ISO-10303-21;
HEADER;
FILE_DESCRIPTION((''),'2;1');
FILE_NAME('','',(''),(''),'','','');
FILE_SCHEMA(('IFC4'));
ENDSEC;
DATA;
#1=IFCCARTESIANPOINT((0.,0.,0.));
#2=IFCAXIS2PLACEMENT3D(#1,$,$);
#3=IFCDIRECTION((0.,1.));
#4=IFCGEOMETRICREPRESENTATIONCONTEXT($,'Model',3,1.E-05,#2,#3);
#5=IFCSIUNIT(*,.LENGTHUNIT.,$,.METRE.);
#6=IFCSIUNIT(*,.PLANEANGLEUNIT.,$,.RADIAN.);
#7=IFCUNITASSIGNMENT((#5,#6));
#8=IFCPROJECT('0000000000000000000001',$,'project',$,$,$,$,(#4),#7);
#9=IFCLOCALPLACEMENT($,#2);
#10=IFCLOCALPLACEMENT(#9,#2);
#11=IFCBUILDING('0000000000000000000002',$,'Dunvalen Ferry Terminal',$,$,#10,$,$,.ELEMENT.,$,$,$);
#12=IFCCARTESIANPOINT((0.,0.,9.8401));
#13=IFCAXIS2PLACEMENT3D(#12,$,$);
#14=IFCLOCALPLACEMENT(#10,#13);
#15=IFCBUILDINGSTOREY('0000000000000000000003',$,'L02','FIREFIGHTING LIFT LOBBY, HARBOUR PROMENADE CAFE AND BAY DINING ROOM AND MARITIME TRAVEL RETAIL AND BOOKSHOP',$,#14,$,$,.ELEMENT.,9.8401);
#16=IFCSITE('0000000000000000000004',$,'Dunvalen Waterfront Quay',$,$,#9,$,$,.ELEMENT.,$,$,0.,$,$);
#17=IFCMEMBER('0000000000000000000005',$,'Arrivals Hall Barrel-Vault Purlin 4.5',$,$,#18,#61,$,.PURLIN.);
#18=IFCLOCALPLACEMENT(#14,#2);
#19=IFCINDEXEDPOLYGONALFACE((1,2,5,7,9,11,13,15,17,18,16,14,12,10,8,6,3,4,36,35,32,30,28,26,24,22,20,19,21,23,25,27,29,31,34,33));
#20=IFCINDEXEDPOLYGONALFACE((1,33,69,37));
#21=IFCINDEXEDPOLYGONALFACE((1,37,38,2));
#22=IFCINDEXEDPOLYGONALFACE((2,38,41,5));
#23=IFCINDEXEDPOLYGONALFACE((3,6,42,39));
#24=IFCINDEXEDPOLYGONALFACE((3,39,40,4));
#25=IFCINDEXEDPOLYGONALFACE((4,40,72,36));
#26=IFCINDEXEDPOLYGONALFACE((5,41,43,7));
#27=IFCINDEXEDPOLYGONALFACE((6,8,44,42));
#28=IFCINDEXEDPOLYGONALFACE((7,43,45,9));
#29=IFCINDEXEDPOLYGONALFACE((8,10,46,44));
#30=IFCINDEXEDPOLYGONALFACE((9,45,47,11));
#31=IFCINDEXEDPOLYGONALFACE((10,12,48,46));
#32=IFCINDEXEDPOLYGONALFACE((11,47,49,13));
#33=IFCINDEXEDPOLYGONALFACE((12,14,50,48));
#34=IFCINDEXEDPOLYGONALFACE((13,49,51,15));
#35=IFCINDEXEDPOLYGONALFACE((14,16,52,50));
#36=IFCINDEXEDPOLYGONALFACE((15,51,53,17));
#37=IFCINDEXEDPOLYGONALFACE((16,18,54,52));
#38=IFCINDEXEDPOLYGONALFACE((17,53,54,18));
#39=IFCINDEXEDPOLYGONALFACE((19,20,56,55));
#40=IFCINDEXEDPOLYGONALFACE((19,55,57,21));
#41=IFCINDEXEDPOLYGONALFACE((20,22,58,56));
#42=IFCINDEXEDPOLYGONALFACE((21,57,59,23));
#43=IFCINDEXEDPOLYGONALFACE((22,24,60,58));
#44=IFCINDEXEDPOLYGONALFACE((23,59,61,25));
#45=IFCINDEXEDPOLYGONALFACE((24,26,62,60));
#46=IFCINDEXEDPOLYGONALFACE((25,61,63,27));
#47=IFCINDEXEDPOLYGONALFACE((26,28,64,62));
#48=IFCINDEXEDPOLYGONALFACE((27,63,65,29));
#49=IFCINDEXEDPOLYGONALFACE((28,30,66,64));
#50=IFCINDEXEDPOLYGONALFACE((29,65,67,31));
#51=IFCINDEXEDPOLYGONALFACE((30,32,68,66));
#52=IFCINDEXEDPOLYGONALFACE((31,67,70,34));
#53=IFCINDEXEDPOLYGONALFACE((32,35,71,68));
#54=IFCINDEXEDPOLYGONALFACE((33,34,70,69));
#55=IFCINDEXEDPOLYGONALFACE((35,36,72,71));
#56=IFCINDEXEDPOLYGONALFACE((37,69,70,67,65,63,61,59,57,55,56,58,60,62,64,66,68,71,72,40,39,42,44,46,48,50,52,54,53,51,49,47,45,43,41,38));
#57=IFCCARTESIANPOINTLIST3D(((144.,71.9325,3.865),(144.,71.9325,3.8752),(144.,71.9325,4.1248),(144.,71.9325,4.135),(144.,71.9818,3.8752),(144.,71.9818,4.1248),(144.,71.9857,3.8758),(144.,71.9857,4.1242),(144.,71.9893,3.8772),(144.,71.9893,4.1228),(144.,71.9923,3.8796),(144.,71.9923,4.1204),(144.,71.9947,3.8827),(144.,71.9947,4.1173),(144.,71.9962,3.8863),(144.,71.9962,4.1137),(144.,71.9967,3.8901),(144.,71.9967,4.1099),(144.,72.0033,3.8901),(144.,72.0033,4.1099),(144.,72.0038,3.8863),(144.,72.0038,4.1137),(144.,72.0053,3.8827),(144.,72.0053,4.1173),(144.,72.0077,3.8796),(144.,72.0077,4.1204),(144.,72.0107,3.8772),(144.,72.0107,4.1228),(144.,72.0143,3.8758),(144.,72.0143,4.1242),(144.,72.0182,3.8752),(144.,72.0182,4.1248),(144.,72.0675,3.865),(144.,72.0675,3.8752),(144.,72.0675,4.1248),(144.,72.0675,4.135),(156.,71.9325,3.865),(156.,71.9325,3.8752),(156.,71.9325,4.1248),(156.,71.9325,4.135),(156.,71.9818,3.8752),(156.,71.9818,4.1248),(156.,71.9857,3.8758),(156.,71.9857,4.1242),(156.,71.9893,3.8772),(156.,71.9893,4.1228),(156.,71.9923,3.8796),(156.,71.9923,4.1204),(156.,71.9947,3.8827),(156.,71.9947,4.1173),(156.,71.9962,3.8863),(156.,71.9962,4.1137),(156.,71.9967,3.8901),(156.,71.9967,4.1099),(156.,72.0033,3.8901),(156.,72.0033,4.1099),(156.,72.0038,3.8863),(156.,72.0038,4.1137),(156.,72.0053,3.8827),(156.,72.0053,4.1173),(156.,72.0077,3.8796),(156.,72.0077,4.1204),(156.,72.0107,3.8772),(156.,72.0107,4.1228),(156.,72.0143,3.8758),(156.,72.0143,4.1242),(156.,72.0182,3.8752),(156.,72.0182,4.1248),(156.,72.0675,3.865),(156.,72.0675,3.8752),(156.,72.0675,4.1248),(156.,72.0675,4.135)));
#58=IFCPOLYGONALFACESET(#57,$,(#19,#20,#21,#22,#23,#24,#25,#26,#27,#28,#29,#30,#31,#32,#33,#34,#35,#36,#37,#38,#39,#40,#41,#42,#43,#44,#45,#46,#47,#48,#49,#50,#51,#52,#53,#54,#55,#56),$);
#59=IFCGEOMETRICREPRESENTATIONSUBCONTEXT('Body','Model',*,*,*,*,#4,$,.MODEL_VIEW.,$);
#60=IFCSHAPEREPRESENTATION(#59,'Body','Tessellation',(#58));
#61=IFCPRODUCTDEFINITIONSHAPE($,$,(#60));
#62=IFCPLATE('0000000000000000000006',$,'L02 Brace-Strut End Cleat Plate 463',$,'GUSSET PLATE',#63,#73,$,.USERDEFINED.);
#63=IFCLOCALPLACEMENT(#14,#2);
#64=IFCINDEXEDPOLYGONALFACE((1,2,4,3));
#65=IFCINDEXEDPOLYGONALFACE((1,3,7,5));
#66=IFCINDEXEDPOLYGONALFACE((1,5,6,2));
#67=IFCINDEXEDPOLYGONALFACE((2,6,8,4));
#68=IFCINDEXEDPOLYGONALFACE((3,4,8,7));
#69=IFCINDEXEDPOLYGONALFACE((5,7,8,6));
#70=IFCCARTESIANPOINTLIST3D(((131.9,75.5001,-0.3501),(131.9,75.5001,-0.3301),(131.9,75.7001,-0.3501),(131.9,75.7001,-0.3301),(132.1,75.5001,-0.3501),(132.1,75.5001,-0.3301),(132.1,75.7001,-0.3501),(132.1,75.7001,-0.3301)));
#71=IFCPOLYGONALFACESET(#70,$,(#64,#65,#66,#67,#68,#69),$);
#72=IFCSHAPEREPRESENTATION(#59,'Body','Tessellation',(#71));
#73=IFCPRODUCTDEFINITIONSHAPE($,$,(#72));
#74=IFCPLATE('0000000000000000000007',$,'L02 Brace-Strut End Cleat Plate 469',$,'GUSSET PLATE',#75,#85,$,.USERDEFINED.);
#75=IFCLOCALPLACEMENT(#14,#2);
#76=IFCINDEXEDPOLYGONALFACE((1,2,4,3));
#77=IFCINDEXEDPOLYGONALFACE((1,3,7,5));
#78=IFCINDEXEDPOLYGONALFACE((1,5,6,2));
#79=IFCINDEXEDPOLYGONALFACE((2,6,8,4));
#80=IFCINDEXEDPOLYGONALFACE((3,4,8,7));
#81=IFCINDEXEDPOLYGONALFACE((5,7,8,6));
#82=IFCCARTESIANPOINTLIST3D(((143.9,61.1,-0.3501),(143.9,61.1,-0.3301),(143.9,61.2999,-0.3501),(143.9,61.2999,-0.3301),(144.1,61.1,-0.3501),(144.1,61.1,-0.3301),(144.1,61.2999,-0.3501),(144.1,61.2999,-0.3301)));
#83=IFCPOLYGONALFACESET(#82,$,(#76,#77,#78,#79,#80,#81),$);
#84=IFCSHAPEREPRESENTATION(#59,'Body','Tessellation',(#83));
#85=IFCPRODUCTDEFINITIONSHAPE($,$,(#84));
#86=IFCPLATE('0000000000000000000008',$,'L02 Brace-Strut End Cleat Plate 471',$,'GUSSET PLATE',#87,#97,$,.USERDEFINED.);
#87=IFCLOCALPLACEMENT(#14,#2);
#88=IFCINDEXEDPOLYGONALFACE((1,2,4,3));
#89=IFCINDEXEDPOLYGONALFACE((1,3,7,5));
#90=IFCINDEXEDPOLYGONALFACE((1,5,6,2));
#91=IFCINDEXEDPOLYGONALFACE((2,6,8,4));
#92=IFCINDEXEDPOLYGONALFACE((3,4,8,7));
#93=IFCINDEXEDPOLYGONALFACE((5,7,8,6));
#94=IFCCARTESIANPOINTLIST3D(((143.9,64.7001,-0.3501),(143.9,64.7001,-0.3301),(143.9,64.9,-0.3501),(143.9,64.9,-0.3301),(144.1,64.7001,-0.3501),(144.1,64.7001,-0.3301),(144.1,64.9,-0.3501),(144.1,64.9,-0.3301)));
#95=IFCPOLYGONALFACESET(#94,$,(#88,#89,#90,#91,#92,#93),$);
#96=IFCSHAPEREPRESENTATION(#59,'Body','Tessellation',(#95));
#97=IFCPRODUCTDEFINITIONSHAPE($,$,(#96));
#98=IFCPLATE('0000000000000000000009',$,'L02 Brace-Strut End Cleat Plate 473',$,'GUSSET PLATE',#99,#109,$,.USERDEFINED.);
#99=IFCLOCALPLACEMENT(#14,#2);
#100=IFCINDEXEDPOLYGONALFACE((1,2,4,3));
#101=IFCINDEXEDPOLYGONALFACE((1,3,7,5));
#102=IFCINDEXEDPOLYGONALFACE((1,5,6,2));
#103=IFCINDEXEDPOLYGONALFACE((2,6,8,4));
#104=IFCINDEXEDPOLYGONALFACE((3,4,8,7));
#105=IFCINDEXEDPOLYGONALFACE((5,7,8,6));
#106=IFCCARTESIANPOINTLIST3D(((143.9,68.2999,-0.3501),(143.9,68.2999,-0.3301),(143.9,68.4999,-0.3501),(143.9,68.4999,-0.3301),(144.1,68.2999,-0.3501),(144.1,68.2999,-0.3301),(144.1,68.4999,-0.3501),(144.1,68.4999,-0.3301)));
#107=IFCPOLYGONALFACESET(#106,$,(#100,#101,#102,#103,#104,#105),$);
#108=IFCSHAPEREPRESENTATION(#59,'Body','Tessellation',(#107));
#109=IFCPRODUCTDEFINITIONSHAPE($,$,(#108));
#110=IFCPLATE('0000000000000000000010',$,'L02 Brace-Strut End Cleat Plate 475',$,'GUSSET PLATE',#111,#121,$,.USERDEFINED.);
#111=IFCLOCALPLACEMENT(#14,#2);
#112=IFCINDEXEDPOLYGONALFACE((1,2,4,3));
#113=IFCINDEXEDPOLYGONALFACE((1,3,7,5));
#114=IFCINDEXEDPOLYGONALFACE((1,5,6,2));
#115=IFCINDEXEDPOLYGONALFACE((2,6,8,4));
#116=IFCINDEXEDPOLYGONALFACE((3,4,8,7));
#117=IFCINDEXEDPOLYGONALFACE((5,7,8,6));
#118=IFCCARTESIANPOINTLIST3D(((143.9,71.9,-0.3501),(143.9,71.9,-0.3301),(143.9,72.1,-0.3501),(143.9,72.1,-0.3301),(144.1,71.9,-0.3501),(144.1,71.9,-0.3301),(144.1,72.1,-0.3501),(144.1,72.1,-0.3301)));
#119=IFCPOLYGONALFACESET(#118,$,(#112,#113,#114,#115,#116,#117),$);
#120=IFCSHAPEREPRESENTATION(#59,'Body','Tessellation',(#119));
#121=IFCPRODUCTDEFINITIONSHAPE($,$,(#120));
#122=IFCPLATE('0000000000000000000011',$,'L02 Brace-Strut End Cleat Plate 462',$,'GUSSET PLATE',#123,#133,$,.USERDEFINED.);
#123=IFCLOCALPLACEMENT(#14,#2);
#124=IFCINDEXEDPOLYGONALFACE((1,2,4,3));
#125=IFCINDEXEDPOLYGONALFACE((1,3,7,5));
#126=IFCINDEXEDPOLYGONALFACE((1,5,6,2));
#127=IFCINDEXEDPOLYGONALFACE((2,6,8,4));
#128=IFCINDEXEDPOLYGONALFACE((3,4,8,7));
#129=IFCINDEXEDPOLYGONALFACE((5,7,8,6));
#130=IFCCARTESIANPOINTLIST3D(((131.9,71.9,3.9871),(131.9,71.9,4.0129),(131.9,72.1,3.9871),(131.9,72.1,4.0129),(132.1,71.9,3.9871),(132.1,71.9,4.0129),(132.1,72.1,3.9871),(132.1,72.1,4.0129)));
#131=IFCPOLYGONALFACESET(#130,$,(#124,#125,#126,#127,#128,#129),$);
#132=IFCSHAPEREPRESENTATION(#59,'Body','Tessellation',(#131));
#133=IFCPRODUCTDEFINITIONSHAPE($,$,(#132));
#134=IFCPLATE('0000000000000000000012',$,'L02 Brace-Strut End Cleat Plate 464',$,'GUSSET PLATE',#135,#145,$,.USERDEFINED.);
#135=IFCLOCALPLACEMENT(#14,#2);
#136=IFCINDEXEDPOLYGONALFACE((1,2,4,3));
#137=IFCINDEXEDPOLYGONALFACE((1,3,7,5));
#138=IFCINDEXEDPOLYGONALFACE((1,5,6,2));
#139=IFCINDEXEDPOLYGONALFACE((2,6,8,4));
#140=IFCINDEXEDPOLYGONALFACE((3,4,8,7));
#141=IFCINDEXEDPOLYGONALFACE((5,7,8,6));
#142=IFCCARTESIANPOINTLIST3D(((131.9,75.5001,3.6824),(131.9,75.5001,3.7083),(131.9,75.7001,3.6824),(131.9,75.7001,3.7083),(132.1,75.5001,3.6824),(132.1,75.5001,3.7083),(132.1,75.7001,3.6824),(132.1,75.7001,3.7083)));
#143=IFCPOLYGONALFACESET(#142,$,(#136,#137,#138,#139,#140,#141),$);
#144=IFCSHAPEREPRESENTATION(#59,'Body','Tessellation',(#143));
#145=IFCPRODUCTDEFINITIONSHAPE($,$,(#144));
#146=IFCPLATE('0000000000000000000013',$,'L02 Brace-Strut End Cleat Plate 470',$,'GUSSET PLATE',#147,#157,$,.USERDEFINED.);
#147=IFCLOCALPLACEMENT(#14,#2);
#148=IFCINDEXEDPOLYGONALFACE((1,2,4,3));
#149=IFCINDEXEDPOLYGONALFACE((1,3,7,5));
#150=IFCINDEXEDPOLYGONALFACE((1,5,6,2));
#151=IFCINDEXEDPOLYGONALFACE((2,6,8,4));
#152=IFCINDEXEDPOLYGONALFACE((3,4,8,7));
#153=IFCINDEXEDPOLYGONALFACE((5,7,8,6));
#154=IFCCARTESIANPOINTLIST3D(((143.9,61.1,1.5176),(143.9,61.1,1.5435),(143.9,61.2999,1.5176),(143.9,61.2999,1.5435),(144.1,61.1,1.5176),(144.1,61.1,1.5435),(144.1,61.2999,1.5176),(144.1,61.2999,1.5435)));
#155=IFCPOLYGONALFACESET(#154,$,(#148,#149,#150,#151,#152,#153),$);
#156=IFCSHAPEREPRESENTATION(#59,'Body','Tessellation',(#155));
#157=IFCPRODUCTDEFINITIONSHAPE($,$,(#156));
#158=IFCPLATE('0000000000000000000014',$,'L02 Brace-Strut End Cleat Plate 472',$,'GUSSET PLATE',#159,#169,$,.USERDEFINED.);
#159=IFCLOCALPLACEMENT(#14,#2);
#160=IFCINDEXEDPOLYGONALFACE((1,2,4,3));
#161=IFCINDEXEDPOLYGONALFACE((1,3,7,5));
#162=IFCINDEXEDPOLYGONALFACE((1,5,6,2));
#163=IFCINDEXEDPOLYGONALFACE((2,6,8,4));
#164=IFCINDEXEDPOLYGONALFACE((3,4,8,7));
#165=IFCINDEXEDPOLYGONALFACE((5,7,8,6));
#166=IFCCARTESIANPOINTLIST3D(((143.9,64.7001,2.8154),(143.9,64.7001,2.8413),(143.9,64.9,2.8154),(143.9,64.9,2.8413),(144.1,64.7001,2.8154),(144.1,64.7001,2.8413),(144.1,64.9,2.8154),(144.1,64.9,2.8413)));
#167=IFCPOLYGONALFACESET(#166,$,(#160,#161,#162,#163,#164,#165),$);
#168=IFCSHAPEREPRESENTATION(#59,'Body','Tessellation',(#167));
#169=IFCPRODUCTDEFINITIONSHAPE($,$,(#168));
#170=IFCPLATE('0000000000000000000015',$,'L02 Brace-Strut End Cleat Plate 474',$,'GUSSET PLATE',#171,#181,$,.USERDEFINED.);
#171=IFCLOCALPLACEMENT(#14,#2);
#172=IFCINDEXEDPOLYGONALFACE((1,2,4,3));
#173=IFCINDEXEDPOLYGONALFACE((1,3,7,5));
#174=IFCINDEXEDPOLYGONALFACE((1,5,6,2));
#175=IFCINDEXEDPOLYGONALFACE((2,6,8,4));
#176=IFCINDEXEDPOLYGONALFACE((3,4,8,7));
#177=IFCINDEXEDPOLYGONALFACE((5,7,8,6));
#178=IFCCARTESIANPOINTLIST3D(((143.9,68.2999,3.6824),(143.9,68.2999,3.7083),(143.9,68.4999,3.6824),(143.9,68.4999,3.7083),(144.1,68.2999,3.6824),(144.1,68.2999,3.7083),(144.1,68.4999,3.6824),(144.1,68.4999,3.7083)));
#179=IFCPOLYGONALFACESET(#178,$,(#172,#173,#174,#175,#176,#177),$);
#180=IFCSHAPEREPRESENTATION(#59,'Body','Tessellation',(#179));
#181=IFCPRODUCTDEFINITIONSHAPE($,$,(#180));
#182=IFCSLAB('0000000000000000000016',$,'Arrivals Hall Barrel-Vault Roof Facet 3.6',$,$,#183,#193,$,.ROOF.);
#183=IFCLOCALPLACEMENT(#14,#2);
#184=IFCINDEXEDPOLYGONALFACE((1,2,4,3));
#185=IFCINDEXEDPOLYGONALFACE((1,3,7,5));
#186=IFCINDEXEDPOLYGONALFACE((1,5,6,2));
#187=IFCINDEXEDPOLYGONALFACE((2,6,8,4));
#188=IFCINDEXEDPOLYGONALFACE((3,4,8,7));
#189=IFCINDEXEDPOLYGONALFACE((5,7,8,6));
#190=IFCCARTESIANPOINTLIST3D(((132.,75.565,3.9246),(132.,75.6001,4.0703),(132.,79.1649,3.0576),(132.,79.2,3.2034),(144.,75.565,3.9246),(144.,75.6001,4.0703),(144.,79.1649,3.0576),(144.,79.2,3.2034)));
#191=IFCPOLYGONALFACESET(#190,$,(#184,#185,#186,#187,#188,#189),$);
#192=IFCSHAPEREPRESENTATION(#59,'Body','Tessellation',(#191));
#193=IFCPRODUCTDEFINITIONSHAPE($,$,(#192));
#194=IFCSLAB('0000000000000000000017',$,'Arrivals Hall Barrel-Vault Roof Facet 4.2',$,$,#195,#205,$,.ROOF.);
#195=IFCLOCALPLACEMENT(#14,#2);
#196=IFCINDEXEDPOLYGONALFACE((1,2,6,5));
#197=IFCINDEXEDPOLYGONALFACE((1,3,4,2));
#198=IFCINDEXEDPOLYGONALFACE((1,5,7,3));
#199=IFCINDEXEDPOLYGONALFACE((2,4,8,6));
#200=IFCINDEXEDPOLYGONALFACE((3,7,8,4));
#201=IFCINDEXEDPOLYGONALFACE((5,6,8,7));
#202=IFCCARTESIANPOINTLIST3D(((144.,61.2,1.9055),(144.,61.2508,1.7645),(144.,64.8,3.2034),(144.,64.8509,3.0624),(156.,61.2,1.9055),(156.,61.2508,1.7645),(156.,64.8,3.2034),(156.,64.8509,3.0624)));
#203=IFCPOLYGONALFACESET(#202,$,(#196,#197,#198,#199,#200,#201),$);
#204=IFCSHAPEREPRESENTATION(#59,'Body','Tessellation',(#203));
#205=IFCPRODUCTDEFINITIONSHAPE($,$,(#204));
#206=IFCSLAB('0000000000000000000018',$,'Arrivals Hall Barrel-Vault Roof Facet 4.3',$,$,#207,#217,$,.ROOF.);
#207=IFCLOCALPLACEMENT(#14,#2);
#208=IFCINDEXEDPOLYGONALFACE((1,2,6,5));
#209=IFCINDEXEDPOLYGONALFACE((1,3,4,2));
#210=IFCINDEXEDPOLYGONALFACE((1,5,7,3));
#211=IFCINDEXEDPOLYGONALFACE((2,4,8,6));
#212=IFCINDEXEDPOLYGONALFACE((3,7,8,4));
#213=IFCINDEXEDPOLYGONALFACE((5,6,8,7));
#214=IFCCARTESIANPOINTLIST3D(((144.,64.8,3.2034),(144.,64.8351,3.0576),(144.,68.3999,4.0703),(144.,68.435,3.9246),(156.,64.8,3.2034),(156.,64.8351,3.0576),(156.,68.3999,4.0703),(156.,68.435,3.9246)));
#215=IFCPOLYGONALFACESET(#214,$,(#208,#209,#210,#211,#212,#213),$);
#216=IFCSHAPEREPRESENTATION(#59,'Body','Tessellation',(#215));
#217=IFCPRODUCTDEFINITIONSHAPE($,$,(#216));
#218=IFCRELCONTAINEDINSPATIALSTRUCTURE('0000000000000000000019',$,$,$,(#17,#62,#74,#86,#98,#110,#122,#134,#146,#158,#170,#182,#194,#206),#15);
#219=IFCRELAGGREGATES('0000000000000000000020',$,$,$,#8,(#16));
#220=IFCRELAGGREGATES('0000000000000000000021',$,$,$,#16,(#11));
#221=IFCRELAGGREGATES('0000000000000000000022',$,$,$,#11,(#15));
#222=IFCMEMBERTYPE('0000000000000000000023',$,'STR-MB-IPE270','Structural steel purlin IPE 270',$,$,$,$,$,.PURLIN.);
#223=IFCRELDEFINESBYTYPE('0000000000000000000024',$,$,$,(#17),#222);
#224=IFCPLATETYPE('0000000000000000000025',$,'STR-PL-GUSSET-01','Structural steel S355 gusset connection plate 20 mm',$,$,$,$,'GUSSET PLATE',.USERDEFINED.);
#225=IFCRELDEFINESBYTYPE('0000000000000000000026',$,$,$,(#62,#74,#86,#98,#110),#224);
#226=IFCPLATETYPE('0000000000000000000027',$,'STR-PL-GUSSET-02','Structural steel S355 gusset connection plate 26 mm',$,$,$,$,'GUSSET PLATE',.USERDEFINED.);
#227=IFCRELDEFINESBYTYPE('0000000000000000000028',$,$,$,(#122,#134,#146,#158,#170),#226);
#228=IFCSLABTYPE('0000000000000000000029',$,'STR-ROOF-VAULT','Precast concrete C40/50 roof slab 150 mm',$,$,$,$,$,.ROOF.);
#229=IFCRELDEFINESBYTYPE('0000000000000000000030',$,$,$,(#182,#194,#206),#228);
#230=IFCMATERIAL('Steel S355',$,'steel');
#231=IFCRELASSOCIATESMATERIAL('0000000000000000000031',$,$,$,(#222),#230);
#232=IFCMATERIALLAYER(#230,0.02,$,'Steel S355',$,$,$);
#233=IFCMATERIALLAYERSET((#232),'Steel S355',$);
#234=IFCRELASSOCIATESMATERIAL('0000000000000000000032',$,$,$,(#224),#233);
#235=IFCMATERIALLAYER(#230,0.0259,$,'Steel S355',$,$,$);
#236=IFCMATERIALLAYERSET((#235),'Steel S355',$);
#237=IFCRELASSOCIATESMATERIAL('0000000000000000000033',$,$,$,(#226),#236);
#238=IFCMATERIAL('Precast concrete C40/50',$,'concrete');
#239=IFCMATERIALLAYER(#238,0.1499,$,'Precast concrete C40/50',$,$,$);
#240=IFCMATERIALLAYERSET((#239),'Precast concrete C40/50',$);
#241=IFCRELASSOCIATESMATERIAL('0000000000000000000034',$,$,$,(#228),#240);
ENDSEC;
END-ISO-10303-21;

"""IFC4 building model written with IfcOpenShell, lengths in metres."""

from ifc_helpers import new_model, si_unit, direction, frame, origin, origin_2d, place, context, subcontext, project, spatial, polyline, rectangle, i_section, outline, extrude, material, layer, layer_set, material_profile, profile_set, type_object, element, save


model = new_model("IFC4")

# Units and contexts
model_context = context("Model", 3, precision=1e-05, world=origin(), true_north=direction((0.0, 1.0)))
body_context = subcontext(model_context, "Body", "Model", "MODEL_VIEW")
ifc_project = project(units=[si_unit("LENGTHUNIT", "METRE"), si_unit("PLANEANGLEUNIT", "RADIAN")], contexts=[model_context])

# Site, building, storey
site_placement = place(None, origin())
site = spatial("IfcSite", under=ifc_project, at=site_placement, Name="Dunvalen Waterfront Quay", CompositionType="ELEMENT", RefElevation=0.0)
building_placement = place(site_placement, origin())
building = spatial("IfcBuilding", under=site, at=building_placement, Name="Dunvalen Ferry Terminal", CompositionType="ELEMENT")
storey_placement = place(building_placement, frame((0.0, 0.0, 9.8401)))
storey = spatial("IfcBuildingStorey", under=building, at=storey_placement, Name="L02", Description="FIREFIGHTING LIFT LOBBY, HARBOUR PROMENADE CAFE AND BAY DINING ROOM AND MARITIME TRAVEL RETAIL AND BOOKSHOP", CompositionType="ELEMENT", Elevation=9.8401)

# Shared definitions
ifc_material_1 = material(Name="Steel S355", Category="steel")

# Member
ifc_material_profile_1 = material_profile(ifc_material_1, i_section(OverallWidth=0.135, OverallDepth=0.27, WebThickness=0.0066, FlangeThickness=0.0103, FilletRadius=0.0149, at=origin_2d()), Name="Steel S355")
ifc_profile_set_1 = profile_set([ifc_material_profile_1], Name="Steel S355")
member_type_1 = type_object("IfcMemberType", Name="STR-MB-IPE270", Description="Structural steel purlin IPE 270", PredefinedType="PURLIN", material=ifc_profile_set_1)
member_1_placement = place(storey_placement, frame((144.0, 72.0, 4.0), z_axis=(1.0, 0.0, 0.0), x_axis=(0.0, 1.0, 0.0)))
element("IfcMember", 1, at=member_1_placement, inside=storey, type_object=member_type_1, Name="Arrivals Hall Barrel-Vault Purlin 4.5", PredefinedType="PURLIN", context=body_context, shape_type="SweptSolid", body=[
    extrude(i_section(OverallWidth=0.135, OverallDepth=0.27, WebThickness=0.0066, FlangeThickness=0.0103, FilletRadius=0.0149, at=origin_2d()), origin(), (0.0, 0.0, 1.0), 12.0),
])

# Plates
ifc_layer_1 = layer(ifc_material_1, 0.02, Name="Steel S355")
ifc_layer_set_1 = layer_set([ifc_layer_1], Name="Steel S355")
plate_type_1 = type_object("IfcPlateType", Name="STR-PL-GUSSET-01", Description="Structural steel S355 gusset connection plate 20 mm", ElementType="GUSSET PLATE", PredefinedType="USERDEFINED", material=ifc_layer_set_1)
for number, where, z_axis, x_axis, name in (
    (2, (132.0, 75.6001, -0.3501), (0.0, 0.0, 1.0), (1.0, 0.0, 0.0), "L02 Brace-Strut End Cleat Plate 463"),
    (3, (144.0, 61.2, -0.3501), (0.0, 0.0, 1.0), (1.0, 0.0, 0.0), "L02 Brace-Strut End Cleat Plate 469"),
    (4, (144.0, 64.8, -0.3501), (0.0, 0.0, 1.0), (1.0, 0.0, 0.0), "L02 Brace-Strut End Cleat Plate 471"),
    (5, (144.0, 68.3999, -0.3501), (0.0, 0.0, 1.0), (1.0, 0.0, 0.0), "L02 Brace-Strut End Cleat Plate 473"),
    (6, (144.0, 72.0, -0.3501), (0.0, 0.0, 1.0), (1.0, 0.0, 0.0), "L02 Brace-Strut End Cleat Plate 475"),
):
    element("IfcPlate", number, at=place(storey_placement, frame(where, z_axis=z_axis, x_axis=x_axis)), inside=storey, type_object=plate_type_1, Name=name, ObjectType="GUSSET PLATE", PredefinedType="USERDEFINED", context=body_context, shape_type="SweptSolid", body=[
        extrude(rectangle(XDim=0.2, YDim=0.2, at=origin_2d()), origin(), (0.0, 0.0, 1.0), 0.02),
    ])
ifc_layer_2 = layer(ifc_material_1, 0.0259, Name="Steel S355")
ifc_layer_set_2 = layer_set([ifc_layer_2], Name="Steel S355")
plate_type_2 = type_object("IfcPlateType", Name="STR-PL-GUSSET-02", Description="Structural steel S355 gusset connection plate 26 mm", ElementType="GUSSET PLATE", PredefinedType="USERDEFINED", material=ifc_layer_set_2)
for number, where, z_axis, x_axis, name in (
    (7, (132.0, 72.0, 3.9871), (0.0, 0.0, 1.0), (1.0, 0.0, 0.0), "L02 Brace-Strut End Cleat Plate 462"),
    (8, (132.0, 75.6001, 3.6824), (0.0, 0.0, 1.0), (1.0, 0.0, 0.0), "L02 Brace-Strut End Cleat Plate 464"),
    (9, (144.0, 61.2, 1.5176), (0.0, 0.0, 1.0), (1.0, 0.0, 0.0), "L02 Brace-Strut End Cleat Plate 470"),
    (10, (144.0, 64.8, 2.8154), (0.0, 0.0, 1.0), (1.0, 0.0, 0.0), "L02 Brace-Strut End Cleat Plate 472"),
    (11, (144.0, 68.3999, 3.6824), (0.0, 0.0, 1.0), (1.0, 0.0, 0.0), "L02 Brace-Strut End Cleat Plate 474"),
):
    element("IfcPlate", number, at=place(storey_placement, frame(where, z_axis=z_axis, x_axis=x_axis)), inside=storey, type_object=plate_type_2, Name=name, ObjectType="GUSSET PLATE", PredefinedType="USERDEFINED", context=body_context, shape_type="SweptSolid", body=[
        extrude(rectangle(XDim=0.2, YDim=0.2, at=origin_2d()), origin(), (0.0, 0.0, 1.0), 0.0259),
    ])

# Slabs
ifc_material_2 = material(Name="Precast concrete C40/50", Category="concrete")
ifc_layer_3 = layer(ifc_material_2, 0.1499, Name="Precast concrete C40/50")
ifc_layer_set_3 = layer_set([ifc_layer_3], Name="Precast concrete C40/50")
slab_type = type_object("IfcSlabType", Name="STR-ROOF-VAULT", Description="Precast concrete C40/50 roof slab 150 mm", PredefinedType="ROOF", material=ifc_layer_set_3)
slab_1_placement = place(storey_placement, frame((132.0, 75.6001, 4.0703), z_axis=(0.0, 0.234133, 0.972204), x_axis=(1.0, 0.0, 0.0)))
element("IfcSlab", 12, at=slab_1_placement, inside=storey, type_object=slab_type, Name="Arrivals Hall Barrel-Vault Roof Facet 3.6", PredefinedType="ROOF", context=body_context, shape_type="SweptSolid", body=[
    extrude(outline(polyline([(0.0, 0.0), (12.0, 0.0), (12.0, 3.7028), (0.0, 3.7028), (0.0, 0.0)])), origin(), (0.0, 0.0, -1.0), 0.1499),
])
slab_2_placement = place(storey_placement, frame((144.0, 61.2, 1.9055), z_axis=(0.0, -0.33914, 0.940736), x_axis=(1.0, 0.0, 0.0)))
element("IfcSlab", 13, at=slab_2_placement, inside=storey, type_object=slab_type, Name="Arrivals Hall Barrel-Vault Roof Facet 4.2", PredefinedType="ROOF", context=body_context, shape_type="SweptSolid", body=[
    extrude(outline(polyline([(0.0, 0.0), (12.0, 0.0), (12.0, 3.8269), (0.0, 3.8269), (0.0, 0.0)])), origin(), (0.0, 0.0, -1.0), 0.1499),
])
slab_3_placement = place(storey_placement, frame((144.0, 64.8, 3.2034), z_axis=(0.0, -0.234133, 0.972204), x_axis=(1.0, 0.0, 0.0)))
element("IfcSlab", 14, at=slab_3_placement, inside=storey, type_object=slab_type, Name="Arrivals Hall Barrel-Vault Roof Facet 4.3", PredefinedType="ROOF", context=body_context, shape_type="SweptSolid", body=[
    extrude(outline(polyline([(0.0, 0.0), (12.0, 0.0), (12.0, 3.7028), (0.0, 3.7028), (0.0, 0.0)])), origin(), (0.0, 0.0, -1.0), 0.1499),
])

save(model, "model.ifc")
